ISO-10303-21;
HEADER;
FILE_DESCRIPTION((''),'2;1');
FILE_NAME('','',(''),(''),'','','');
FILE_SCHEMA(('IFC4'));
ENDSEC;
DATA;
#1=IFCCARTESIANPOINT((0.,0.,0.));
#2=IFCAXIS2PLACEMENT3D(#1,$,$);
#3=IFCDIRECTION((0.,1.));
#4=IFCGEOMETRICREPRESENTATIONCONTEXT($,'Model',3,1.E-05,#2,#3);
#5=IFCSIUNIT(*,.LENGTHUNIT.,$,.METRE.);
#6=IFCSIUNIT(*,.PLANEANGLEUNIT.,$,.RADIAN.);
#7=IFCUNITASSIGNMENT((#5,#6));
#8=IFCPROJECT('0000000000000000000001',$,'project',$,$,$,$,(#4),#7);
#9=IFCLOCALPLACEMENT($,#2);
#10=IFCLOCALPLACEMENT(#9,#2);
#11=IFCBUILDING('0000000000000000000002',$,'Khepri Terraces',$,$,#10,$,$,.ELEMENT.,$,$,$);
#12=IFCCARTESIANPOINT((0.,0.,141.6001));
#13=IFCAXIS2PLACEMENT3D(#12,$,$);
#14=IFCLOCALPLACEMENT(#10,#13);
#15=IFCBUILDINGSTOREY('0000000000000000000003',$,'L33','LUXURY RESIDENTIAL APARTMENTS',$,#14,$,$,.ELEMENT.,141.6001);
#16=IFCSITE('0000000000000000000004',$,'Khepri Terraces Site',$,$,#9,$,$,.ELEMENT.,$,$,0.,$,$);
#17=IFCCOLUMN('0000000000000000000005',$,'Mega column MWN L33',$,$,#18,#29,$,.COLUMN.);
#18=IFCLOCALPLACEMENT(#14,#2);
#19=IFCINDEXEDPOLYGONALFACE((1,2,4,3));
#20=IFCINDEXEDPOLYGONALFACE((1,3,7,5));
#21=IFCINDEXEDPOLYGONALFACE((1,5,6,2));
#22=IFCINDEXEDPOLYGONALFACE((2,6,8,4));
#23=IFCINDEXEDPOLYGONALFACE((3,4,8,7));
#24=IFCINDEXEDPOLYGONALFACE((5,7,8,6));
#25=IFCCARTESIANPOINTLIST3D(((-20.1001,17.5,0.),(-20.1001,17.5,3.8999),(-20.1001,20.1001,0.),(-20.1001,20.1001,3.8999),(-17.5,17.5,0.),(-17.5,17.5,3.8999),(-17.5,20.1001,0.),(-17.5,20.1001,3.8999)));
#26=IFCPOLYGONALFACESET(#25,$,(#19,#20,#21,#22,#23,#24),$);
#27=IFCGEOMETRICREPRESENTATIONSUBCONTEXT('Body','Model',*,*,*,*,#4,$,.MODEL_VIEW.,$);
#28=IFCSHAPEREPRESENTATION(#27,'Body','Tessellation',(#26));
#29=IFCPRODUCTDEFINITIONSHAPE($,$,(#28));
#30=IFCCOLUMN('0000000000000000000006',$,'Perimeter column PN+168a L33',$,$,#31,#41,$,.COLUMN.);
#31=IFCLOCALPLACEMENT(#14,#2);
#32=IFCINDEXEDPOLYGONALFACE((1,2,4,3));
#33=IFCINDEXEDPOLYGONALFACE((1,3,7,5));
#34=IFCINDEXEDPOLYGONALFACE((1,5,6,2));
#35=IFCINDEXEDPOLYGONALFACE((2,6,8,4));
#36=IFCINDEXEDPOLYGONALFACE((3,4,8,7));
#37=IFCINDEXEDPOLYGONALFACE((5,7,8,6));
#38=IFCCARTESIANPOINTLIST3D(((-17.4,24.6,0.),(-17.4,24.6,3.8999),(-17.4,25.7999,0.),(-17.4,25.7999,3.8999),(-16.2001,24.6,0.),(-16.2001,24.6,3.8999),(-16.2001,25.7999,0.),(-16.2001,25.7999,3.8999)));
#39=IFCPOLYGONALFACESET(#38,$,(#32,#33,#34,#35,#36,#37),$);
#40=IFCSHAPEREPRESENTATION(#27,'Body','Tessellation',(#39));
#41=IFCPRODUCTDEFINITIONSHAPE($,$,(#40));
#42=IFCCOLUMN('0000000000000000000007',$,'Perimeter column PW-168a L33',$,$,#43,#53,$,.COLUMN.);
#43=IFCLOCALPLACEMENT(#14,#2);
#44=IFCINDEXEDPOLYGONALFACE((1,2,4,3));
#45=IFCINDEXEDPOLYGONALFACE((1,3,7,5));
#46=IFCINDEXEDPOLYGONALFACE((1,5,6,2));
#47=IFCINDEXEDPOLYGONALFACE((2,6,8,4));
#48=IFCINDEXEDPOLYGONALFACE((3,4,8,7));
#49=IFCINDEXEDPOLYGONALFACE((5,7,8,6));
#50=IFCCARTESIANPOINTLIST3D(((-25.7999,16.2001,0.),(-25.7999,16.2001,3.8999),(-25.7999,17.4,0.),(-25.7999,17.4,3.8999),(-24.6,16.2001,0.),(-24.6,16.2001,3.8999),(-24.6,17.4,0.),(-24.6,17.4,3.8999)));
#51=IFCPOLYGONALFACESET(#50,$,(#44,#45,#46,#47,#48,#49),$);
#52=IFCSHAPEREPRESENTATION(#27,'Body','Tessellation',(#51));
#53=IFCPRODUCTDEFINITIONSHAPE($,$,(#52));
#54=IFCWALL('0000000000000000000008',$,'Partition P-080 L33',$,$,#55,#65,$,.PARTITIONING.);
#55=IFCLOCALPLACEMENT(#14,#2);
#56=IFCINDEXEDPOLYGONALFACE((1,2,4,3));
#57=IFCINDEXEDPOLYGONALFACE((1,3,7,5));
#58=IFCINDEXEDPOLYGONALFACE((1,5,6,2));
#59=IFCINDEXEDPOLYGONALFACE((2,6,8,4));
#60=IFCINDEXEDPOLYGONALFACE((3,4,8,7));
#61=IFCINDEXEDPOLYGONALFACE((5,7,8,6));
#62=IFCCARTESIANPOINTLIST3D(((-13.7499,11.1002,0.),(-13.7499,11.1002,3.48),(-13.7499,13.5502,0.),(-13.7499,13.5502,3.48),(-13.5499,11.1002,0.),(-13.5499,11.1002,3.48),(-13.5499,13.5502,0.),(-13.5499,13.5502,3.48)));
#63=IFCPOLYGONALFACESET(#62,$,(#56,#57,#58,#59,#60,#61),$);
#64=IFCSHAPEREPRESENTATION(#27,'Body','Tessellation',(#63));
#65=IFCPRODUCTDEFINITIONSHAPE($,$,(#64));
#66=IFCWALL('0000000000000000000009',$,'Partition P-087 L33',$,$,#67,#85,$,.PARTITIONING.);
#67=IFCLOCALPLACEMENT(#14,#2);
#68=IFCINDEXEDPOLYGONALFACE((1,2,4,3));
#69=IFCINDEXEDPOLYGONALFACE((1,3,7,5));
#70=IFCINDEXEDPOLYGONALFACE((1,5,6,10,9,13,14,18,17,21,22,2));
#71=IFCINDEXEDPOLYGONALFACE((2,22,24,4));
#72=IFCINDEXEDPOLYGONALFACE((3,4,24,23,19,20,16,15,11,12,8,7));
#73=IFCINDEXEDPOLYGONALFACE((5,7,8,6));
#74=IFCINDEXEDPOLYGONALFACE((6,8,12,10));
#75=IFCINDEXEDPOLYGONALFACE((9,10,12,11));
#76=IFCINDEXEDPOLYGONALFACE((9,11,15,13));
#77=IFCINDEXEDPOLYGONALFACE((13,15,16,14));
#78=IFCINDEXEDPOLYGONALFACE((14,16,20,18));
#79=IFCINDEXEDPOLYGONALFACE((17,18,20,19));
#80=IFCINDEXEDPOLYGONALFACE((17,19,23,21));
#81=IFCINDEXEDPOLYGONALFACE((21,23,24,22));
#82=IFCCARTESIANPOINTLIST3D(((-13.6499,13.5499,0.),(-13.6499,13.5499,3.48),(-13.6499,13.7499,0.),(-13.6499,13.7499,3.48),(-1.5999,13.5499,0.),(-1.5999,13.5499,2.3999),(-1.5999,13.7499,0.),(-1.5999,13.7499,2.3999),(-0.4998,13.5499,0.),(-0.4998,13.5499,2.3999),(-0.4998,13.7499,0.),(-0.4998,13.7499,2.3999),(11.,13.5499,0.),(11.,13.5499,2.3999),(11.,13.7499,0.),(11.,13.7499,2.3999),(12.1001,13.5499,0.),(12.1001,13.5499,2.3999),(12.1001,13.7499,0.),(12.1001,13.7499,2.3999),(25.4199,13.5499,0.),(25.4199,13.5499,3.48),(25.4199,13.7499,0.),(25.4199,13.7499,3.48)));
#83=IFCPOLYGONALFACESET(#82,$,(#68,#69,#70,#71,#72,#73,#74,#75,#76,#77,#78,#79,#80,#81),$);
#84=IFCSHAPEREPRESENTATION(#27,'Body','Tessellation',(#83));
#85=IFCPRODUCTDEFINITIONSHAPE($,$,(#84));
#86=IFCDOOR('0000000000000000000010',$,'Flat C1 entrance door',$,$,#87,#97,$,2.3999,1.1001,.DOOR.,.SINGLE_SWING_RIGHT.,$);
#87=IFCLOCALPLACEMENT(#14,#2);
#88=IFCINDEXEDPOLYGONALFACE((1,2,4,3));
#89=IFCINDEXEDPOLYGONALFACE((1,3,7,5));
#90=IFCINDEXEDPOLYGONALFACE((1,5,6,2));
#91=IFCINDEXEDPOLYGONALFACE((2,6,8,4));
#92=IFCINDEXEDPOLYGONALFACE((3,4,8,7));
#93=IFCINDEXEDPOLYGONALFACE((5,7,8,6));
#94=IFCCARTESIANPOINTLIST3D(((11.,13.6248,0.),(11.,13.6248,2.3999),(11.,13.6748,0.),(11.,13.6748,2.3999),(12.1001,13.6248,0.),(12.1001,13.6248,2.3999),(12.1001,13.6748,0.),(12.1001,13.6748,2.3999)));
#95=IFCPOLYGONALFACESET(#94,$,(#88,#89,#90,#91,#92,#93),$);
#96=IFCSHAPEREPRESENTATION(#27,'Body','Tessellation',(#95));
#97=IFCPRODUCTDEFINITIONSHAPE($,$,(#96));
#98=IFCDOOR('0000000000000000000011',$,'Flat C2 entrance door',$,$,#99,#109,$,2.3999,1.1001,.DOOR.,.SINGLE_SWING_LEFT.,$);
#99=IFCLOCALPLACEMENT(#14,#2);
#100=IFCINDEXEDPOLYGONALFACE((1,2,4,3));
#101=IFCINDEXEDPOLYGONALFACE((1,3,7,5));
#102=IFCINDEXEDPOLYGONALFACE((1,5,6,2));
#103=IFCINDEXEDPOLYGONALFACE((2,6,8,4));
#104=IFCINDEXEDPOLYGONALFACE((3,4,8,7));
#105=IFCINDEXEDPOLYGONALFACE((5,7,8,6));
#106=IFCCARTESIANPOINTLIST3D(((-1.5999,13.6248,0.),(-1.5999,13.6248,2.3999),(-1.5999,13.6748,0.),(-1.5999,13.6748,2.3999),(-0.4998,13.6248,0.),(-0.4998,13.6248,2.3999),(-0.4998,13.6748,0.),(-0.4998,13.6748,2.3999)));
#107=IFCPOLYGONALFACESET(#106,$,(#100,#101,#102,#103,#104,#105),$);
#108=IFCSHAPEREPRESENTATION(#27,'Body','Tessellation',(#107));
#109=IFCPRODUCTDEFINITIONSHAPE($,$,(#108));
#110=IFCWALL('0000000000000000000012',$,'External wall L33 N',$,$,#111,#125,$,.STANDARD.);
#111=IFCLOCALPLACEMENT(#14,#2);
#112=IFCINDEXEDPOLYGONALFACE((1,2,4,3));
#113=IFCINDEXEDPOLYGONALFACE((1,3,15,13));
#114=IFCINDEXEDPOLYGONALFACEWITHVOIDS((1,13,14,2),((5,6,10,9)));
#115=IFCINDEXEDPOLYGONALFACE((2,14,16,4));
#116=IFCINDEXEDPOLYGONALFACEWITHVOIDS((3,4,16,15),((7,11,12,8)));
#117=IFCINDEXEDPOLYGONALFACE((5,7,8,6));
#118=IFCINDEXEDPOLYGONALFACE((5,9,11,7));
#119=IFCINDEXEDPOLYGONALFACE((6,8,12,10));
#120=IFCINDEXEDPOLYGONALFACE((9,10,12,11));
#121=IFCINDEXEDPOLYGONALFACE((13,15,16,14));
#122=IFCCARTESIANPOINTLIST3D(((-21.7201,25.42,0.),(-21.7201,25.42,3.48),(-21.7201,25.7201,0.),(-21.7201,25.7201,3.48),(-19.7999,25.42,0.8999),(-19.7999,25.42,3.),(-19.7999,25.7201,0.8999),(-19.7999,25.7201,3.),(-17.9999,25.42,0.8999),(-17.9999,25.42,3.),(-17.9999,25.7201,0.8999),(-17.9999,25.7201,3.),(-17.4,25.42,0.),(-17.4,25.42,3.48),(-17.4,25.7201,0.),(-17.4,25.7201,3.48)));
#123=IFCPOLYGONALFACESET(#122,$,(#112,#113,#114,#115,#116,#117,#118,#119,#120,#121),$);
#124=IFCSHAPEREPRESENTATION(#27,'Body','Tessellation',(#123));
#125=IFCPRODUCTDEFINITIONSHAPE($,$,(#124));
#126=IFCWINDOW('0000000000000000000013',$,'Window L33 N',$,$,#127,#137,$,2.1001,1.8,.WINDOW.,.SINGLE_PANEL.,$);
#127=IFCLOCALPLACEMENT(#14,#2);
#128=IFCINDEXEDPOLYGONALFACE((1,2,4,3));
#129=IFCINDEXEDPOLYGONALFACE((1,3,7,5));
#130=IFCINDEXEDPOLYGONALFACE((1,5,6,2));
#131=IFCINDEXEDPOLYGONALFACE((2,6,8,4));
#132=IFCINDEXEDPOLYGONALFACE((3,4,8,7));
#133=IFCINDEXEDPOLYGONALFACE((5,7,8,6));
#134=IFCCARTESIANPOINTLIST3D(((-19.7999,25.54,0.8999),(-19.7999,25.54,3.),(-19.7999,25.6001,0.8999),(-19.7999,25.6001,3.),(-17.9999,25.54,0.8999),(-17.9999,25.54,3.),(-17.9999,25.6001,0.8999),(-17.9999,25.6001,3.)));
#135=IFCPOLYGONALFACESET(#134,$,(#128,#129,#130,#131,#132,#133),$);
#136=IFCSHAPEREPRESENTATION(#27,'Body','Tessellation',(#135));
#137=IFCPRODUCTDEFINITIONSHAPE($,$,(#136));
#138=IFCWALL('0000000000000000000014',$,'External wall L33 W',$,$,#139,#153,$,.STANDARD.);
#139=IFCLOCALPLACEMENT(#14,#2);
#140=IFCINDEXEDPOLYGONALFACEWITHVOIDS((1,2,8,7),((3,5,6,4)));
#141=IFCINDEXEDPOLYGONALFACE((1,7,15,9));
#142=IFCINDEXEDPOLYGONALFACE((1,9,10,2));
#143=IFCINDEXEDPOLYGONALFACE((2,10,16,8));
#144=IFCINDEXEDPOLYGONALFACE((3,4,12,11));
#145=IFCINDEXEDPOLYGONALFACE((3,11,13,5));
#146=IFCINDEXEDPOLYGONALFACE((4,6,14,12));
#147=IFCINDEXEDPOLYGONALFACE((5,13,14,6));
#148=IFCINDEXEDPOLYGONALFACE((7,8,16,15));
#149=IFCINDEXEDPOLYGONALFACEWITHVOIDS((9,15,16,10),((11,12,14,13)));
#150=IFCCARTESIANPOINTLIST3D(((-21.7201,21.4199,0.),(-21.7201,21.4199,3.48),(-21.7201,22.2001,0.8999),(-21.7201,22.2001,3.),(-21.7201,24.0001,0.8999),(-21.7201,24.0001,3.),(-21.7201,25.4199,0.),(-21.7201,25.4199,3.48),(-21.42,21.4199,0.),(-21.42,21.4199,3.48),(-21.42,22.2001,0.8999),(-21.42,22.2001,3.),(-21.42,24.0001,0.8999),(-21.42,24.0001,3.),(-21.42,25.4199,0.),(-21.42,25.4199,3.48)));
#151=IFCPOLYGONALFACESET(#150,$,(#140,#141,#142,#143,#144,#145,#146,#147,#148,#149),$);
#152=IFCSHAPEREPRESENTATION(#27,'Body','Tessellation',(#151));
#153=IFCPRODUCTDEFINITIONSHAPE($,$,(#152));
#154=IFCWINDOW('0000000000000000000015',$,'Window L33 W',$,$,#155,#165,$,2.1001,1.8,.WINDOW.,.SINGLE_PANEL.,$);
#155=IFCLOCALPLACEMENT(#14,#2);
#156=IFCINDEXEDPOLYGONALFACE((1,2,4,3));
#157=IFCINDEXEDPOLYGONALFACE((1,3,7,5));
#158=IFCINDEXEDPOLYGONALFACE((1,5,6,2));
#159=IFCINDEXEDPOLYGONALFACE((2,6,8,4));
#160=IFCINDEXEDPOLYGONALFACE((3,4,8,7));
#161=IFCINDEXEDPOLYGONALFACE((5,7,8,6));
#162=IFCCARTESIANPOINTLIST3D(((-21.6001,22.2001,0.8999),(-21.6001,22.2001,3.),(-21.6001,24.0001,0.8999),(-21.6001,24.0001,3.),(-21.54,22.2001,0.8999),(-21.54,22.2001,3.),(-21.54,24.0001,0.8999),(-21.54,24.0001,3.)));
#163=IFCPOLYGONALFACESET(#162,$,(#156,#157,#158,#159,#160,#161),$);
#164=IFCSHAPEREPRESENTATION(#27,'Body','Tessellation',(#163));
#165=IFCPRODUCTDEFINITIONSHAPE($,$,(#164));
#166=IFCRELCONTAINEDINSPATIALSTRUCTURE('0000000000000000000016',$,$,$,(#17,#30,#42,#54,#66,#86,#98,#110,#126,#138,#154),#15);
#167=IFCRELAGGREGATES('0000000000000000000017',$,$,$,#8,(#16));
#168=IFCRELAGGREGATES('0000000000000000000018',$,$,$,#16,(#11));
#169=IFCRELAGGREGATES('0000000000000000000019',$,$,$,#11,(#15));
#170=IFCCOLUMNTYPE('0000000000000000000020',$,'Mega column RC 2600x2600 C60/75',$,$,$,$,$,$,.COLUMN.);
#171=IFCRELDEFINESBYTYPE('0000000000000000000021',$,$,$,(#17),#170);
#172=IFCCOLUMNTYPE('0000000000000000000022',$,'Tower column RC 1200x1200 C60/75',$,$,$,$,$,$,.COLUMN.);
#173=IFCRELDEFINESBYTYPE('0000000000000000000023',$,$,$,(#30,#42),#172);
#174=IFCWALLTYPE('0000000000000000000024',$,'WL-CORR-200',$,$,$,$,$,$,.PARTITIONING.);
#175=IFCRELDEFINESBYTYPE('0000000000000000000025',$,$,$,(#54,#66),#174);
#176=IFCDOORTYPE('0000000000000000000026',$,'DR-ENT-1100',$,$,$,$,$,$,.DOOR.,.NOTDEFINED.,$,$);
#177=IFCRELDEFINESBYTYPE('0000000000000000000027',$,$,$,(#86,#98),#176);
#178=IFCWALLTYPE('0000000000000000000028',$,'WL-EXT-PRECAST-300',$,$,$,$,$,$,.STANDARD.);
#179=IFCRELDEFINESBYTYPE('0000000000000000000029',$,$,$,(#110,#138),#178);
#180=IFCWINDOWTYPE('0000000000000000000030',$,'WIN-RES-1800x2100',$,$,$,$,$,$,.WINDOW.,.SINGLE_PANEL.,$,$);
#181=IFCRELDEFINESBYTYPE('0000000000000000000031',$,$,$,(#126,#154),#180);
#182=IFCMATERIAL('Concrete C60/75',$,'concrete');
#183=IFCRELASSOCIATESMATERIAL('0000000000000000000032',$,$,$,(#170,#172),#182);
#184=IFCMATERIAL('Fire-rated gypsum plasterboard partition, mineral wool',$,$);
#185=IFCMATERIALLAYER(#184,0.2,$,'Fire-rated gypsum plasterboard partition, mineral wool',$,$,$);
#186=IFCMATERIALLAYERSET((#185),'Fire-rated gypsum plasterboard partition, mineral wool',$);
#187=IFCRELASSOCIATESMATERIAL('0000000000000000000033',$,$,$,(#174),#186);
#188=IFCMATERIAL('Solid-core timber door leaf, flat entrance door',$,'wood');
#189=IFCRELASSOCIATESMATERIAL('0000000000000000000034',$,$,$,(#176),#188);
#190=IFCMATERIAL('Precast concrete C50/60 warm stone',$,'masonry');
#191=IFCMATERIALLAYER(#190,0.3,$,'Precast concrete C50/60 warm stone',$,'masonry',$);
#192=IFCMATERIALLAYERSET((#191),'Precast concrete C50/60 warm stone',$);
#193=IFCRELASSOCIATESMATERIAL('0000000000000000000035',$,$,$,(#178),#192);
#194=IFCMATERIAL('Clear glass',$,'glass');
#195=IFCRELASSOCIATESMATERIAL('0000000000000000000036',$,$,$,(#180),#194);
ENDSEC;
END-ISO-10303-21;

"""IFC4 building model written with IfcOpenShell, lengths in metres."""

from ifc_helpers import new_model, si_unit, direction, frame, frame_2d, origin, origin_2d, place, context, subcontext, project, spatial, rectangle, extrude, material, layer, layer_set, material_profile, profile_set, type_object, element, fill, save


model = new_model("IFC4")

# Units and contexts
model_context = context("Model", 3, precision=1e-05, world=origin(), true_north=direction((0.0, 1.0)))
body_context = subcontext(model_context, "Body", "Model", "MODEL_VIEW")
ifc_project = project(units=[si_unit("LENGTHUNIT", "METRE"), si_unit("PLANEANGLEUNIT", "RADIAN")], contexts=[model_context])

# Site, building, storey
site_placement = place(None, origin())
site = spatial("IfcSite", under=ifc_project, at=site_placement, Name="Khepri Terraces Site", CompositionType="ELEMENT", RefElevation=0.0)
building_placement = place(site_placement, origin())
building = spatial("IfcBuilding", under=site, at=building_placement, Name="Khepri Terraces", CompositionType="ELEMENT")
storey_placement = place(building_placement, frame((0.0, 0.0, 141.6001)))
storey = spatial("IfcBuildingStorey", under=building, at=storey_placement, Name="L33", Description="LUXURY RESIDENTIAL APARTMENTS", CompositionType="ELEMENT", Elevation=141.6001)

# Columns
ifc_material_1 = material(Name="Concrete C60/75", Category="concrete")
ifc_material_profile_1 = material_profile(ifc_material_1, rectangle(XDim=2.6001, YDim=2.6001, at=origin_2d()), Name="Concrete C60/75", Category="concrete")
ifc_profile_set_1 = profile_set([ifc_material_profile_1], Name="Concrete C60/75")
column_type_1 = type_object("IfcColumnType", Name="Mega column RC 2600x2600 C60/75", PredefinedType="COLUMN", material=ifc_profile_set_1)
column_placement = place(storey_placement, frame((-18.8, 18.8, 0.0), z_axis=(0.0, 0.0, 1.0), x_axis=(1.0, 0.0, 0.0)))
element("IfcColumn", 1, at=column_placement, inside=storey, type_object=column_type_1, Name="Mega column MWN L33", PredefinedType="COLUMN", context=body_context, shape_type="SweptSolid", body=[
    extrude(rectangle(XDim=2.6001, YDim=2.6001, at=origin_2d()), origin(), (0.0, 0.0, 1.0), 3.8999),
])
ifc_material_profile_2 = material_profile(ifc_material_1, rectangle(XDim=1.2, YDim=1.2, at=origin_2d()), Name="Concrete C60/75", Category="concrete")
ifc_profile_set_2 = profile_set([ifc_material_profile_2], Name="Concrete C60/75")
column_type_2 = type_object("IfcColumnType", Name="Tower column RC 1200x1200 C60/75", PredefinedType="COLUMN", material=ifc_profile_set_2)
for number, where, z_axis, x_axis, name in (
    (2, (-16.8, 25.2, 0.0), (0.0, 0.0, 1.0), (1.0, 0.0, 0.0), "Perimeter column PN+168a L33"),
    (3, (-25.2, 16.8, 0.0), (0.0, 0.0, 1.0), (1.0, 0.0, 0.0), "Perimeter column PW-168a L33"),
):
    element("IfcColumn", number, at=place(storey_placement, frame(where, z_axis=z_axis, x_axis=x_axis)), inside=storey, type_object=column_type_2, Name=name, PredefinedType="COLUMN", context=body_context, shape_type="SweptSolid", body=[
        extrude(rectangle(XDim=1.2, YDim=1.2, at=origin_2d()), origin(), (0.0, 0.0, 1.0), 3.8999),
    ])

# Wall
ifc_material_2 = material(Name="Fire-rated gypsum plasterboard partition, mineral wool")
ifc_layer_1 = layer(ifc_material_2, 0.2, Name="Fire-rated gypsum plasterboard partition, mineral wool")
ifc_layer_set_1 = layer_set([ifc_layer_1], Name="Fire-rated gypsum plasterboard partition, mineral wool")
wall_type_1 = type_object("IfcWallType", Name="WL-CORR-200", PredefinedType="PARTITIONING", material=ifc_layer_set_1)
wall_1_placement = place(storey_placement, frame((-13.6499, 11.1001, 0.0), z_axis=(0.0, 0.0, 1.0), x_axis=(0.0, 1.0, 0.0)))
element("IfcWall", 4, at=wall_1_placement, inside=storey, type_object=wall_type_1, Name="Partition P-080 L33", PredefinedType="PARTITIONING", context=body_context, shape_type="SweptSolid", body=[
    extrude(rectangle(XDim=2.45, YDim=0.2, at=frame_2d((1.2251, 0.0))), origin(), (0.0, 0.0, 1.0), 3.48),
])

# Wall, openings, doors
wall_2_placement = place(storey_placement, frame((-13.6499, 13.6499, 0.0), z_axis=(0.0, 0.0, 1.0), x_axis=(1.0, 0.0, 0.0)))
wall_2 = element("IfcWall", 5, at=wall_2_placement, inside=storey, type_object=wall_type_1, Name="Partition P-087 L33", PredefinedType="PARTITIONING", context=body_context, shape_type="SweptSolid", body=[
    extrude(rectangle(XDim=39.0698, YDim=0.2, at=frame_2d((19.5349, 0.0))), origin(), (0.0, 0.0, 1.0), 3.48),
])
opening_1_placement = place(wall_2_placement, frame((24.6499, 0.0, 0.0)))
opening_1 = element("IfcOpeningElement", 6, at=opening_1_placement, cuts=wall_2, PredefinedType="OPENING", context=body_context, shape_type="SweptSolid", body=[
    extrude(rectangle(XDim=1.1001, YDim=2.3999, at=frame_2d((0.55, 1.2))), frame((0.0, 0.1099, 0.0), z_axis=(0.0, -1.0, 0.0), x_axis=(1.0, 0.0, 0.0)), (0.0, 0.0, 1.0), 0.22),
])
opening_2_placement = place(wall_2_placement, frame((12.05, 0.0, 0.0)))
opening_2 = element("IfcOpeningElement", 7, at=opening_2_placement, cuts=wall_2, PredefinedType="OPENING", context=body_context, shape_type="SweptSolid", body=[
    extrude(rectangle(XDim=1.1001, YDim=2.3999, at=frame_2d((0.55, 1.2))), frame((0.0, 0.1099, 0.0), z_axis=(0.0, -1.0, 0.0), x_axis=(1.0, 0.0, 0.0)), (0.0, 0.0, 1.0), 0.22),
])
ifc_material_3 = material(Name="Solid-core timber door leaf, flat entrance door", Category="wood")
door_type_1 = type_object("IfcDoorType", Name="DR-ENT-1100", OperationType="NOTDEFINED", PredefinedType="DOOR", material=ifc_material_3)
door_1_placement = place(opening_1_placement, origin())
door_1 = element("IfcDoor", 8, at=door_1_placement, inside=storey, type_object=door_type_1, Name="Flat C1 entrance door", OperationType="SINGLE_SWING_RIGHT", OverallHeight=2.3999, OverallWidth=1.1001, PredefinedType="DOOR", context=body_context, shape_type="SweptSolid", body=[
    extrude(rectangle(XDim=1.1001, YDim=2.3999, at=frame_2d((0.55, 1.2))), frame((0.0, 0.0249, 0.0), z_axis=(0.0, -1.0, 0.0), x_axis=(1.0, 0.0, 0.0)), (0.0, 0.0, 1.0), 0.05),
])
fill(opening_1, door_1)
door_2_placement = place(opening_2_placement, origin())
door_2 = element("IfcDoor", 9, at=door_2_placement, inside=storey, type_object=door_type_1, Name="Flat C2 entrance door", OperationType="SINGLE_SWING_LEFT", OverallHeight=2.3999, OverallWidth=1.1001, PredefinedType="DOOR", context=body_context, shape_type="SweptSolid", body=[
    extrude(rectangle(XDim=1.1001, YDim=2.3999, at=frame_2d((0.55, 1.2))), frame((0.0, 0.0249, 0.0), z_axis=(0.0, -1.0, 0.0), x_axis=(1.0, 0.0, 0.0)), (0.0, 0.0, 1.0), 0.05),
])
fill(opening_2, door_2)

# Walls, openings, windows
ifc_material_4 = material(Name="Precast concrete C50/60 warm stone", Category="masonry")
ifc_layer_2 = layer(ifc_material_4, 0.3, Name="Precast concrete C50/60 warm stone", Category="masonry")
ifc_layer_set_2 = layer_set([ifc_layer_2], Name="Precast concrete C50/60 warm stone")
wall_type_2 = type_object("IfcWallType", Name="WL-EXT-PRECAST-300", PredefinedType="STANDARD", material=ifc_layer_set_2)
wall_3_placement = place(storey_placement, frame((-17.3999, 25.5701, 0.0), z_axis=(0.0, 0.0, 1.0), x_axis=(-1.0, 0.0, 0.0)))
wall_3 = element("IfcWall", 10, at=wall_3_placement, inside=storey, type_object=wall_type_2, Name="External wall L33 N", PredefinedType="STANDARD", context=body_context, shape_type="SweptSolid", body=[
    extrude(rectangle(XDim=4.3201, YDim=0.3, at=frame_2d((2.1602, 0.0))), origin(), (0.0, 0.0, 1.0), 3.48),
])
opening_3_placement = place(wall_3_placement, frame((0.6001, 0.0, 0.8999)))
opening_3 = element("IfcOpeningElement", 11, at=opening_3_placement, cuts=wall_3, PredefinedType="OPENING", context=body_context, shape_type="SweptSolid", body=[
    extrude(rectangle(XDim=1.8, YDim=2.1001, at=frame_2d((0.8999, 1.05))), frame((0.0, 0.1602, 0.0), z_axis=(0.0, -1.0, 0.0), x_axis=(1.0, 0.0, 0.0)), (0.0, 0.0, 1.0), 0.3201),
])
ifc_material_5 = material(Name="Clear glass", Category="glass")
window_type = type_object("IfcWindowType", Name="WIN-RES-1800x2100", PartitioningType="SINGLE_PANEL", PredefinedType="WINDOW", material=ifc_material_5)
window_1_placement = place(opening_3_placement, origin())
window_1 = element("IfcWindow", 12, at=window_1_placement, inside=storey, type_object=window_type, Name="Window L33 N", OverallHeight=2.1001, OverallWidth=1.8, PartitioningType="SINGLE_PANEL", PredefinedType="WINDOW", context=body_context, shape_type="SweptSolid", body=[
    extrude(rectangle(XDim=1.8, YDim=2.1001, at=frame_2d((0.8999, 1.05))), frame((0.0, 0.03, 0.0), z_axis=(0.0, -1.0, 0.0), x_axis=(1.0, 0.0, 0.0)), (0.0, 0.0, 1.0), 0.0601),
])
fill(opening_3, window_1)
wall_4_placement = place(storey_placement, frame((-21.5701, 25.4199, 0.0), z_axis=(0.0, 0.0, 1.0), x_axis=(0.0, -1.0, 0.0)))
wall_4 = element("IfcWall", 13, at=wall_4_placement, inside=storey, type_object=wall_type_2, Name="External wall L33 W", PredefinedType="STANDARD", context=body_context, shape_type="SweptSolid", body=[
    extrude(rectangle(XDim=4.0, YDim=0.3, at=frame_2d((2.0, 0.0))), origin(), (0.0, 0.0, 1.0), 3.48),
])
opening_4_placement = place(wall_4_placement, frame((1.4199, 0.0, 0.8999)))
opening_4 = element("IfcOpeningElement", 14, at=opening_4_placement, cuts=wall_4, PredefinedType="OPENING", context=body_context, shape_type="SweptSolid", body=[
    extrude(rectangle(XDim=1.8, YDim=2.1001, at=frame_2d((0.8999, 1.05))), frame((0.0, 0.1602, 0.0), z_axis=(0.0, -1.0, 0.0), x_axis=(1.0, 0.0, 0.0)), (0.0, 0.0, 1.0), 0.3201),
])
window_2_placement = place(opening_4_placement, origin())
window_2 = element("IfcWindow", 15, at=window_2_placement, inside=storey, type_object=window_type, Name="Window L33 W", OverallHeight=2.1001, OverallWidth=1.8, PartitioningType="SINGLE_PANEL", PredefinedType="WINDOW", context=body_context, shape_type="SweptSolid", body=[
    extrude(rectangle(XDim=1.8, YDim=2.1001, at=frame_2d((0.8999, 1.05))), frame((0.0, 0.03, 0.0), z_axis=(0.0, -1.0, 0.0), x_axis=(1.0, 0.0, 0.0)), (0.0, 0.0, 1.0), 0.0601),
])
fill(opening_4, window_2)

save(model, "model.ifc")
